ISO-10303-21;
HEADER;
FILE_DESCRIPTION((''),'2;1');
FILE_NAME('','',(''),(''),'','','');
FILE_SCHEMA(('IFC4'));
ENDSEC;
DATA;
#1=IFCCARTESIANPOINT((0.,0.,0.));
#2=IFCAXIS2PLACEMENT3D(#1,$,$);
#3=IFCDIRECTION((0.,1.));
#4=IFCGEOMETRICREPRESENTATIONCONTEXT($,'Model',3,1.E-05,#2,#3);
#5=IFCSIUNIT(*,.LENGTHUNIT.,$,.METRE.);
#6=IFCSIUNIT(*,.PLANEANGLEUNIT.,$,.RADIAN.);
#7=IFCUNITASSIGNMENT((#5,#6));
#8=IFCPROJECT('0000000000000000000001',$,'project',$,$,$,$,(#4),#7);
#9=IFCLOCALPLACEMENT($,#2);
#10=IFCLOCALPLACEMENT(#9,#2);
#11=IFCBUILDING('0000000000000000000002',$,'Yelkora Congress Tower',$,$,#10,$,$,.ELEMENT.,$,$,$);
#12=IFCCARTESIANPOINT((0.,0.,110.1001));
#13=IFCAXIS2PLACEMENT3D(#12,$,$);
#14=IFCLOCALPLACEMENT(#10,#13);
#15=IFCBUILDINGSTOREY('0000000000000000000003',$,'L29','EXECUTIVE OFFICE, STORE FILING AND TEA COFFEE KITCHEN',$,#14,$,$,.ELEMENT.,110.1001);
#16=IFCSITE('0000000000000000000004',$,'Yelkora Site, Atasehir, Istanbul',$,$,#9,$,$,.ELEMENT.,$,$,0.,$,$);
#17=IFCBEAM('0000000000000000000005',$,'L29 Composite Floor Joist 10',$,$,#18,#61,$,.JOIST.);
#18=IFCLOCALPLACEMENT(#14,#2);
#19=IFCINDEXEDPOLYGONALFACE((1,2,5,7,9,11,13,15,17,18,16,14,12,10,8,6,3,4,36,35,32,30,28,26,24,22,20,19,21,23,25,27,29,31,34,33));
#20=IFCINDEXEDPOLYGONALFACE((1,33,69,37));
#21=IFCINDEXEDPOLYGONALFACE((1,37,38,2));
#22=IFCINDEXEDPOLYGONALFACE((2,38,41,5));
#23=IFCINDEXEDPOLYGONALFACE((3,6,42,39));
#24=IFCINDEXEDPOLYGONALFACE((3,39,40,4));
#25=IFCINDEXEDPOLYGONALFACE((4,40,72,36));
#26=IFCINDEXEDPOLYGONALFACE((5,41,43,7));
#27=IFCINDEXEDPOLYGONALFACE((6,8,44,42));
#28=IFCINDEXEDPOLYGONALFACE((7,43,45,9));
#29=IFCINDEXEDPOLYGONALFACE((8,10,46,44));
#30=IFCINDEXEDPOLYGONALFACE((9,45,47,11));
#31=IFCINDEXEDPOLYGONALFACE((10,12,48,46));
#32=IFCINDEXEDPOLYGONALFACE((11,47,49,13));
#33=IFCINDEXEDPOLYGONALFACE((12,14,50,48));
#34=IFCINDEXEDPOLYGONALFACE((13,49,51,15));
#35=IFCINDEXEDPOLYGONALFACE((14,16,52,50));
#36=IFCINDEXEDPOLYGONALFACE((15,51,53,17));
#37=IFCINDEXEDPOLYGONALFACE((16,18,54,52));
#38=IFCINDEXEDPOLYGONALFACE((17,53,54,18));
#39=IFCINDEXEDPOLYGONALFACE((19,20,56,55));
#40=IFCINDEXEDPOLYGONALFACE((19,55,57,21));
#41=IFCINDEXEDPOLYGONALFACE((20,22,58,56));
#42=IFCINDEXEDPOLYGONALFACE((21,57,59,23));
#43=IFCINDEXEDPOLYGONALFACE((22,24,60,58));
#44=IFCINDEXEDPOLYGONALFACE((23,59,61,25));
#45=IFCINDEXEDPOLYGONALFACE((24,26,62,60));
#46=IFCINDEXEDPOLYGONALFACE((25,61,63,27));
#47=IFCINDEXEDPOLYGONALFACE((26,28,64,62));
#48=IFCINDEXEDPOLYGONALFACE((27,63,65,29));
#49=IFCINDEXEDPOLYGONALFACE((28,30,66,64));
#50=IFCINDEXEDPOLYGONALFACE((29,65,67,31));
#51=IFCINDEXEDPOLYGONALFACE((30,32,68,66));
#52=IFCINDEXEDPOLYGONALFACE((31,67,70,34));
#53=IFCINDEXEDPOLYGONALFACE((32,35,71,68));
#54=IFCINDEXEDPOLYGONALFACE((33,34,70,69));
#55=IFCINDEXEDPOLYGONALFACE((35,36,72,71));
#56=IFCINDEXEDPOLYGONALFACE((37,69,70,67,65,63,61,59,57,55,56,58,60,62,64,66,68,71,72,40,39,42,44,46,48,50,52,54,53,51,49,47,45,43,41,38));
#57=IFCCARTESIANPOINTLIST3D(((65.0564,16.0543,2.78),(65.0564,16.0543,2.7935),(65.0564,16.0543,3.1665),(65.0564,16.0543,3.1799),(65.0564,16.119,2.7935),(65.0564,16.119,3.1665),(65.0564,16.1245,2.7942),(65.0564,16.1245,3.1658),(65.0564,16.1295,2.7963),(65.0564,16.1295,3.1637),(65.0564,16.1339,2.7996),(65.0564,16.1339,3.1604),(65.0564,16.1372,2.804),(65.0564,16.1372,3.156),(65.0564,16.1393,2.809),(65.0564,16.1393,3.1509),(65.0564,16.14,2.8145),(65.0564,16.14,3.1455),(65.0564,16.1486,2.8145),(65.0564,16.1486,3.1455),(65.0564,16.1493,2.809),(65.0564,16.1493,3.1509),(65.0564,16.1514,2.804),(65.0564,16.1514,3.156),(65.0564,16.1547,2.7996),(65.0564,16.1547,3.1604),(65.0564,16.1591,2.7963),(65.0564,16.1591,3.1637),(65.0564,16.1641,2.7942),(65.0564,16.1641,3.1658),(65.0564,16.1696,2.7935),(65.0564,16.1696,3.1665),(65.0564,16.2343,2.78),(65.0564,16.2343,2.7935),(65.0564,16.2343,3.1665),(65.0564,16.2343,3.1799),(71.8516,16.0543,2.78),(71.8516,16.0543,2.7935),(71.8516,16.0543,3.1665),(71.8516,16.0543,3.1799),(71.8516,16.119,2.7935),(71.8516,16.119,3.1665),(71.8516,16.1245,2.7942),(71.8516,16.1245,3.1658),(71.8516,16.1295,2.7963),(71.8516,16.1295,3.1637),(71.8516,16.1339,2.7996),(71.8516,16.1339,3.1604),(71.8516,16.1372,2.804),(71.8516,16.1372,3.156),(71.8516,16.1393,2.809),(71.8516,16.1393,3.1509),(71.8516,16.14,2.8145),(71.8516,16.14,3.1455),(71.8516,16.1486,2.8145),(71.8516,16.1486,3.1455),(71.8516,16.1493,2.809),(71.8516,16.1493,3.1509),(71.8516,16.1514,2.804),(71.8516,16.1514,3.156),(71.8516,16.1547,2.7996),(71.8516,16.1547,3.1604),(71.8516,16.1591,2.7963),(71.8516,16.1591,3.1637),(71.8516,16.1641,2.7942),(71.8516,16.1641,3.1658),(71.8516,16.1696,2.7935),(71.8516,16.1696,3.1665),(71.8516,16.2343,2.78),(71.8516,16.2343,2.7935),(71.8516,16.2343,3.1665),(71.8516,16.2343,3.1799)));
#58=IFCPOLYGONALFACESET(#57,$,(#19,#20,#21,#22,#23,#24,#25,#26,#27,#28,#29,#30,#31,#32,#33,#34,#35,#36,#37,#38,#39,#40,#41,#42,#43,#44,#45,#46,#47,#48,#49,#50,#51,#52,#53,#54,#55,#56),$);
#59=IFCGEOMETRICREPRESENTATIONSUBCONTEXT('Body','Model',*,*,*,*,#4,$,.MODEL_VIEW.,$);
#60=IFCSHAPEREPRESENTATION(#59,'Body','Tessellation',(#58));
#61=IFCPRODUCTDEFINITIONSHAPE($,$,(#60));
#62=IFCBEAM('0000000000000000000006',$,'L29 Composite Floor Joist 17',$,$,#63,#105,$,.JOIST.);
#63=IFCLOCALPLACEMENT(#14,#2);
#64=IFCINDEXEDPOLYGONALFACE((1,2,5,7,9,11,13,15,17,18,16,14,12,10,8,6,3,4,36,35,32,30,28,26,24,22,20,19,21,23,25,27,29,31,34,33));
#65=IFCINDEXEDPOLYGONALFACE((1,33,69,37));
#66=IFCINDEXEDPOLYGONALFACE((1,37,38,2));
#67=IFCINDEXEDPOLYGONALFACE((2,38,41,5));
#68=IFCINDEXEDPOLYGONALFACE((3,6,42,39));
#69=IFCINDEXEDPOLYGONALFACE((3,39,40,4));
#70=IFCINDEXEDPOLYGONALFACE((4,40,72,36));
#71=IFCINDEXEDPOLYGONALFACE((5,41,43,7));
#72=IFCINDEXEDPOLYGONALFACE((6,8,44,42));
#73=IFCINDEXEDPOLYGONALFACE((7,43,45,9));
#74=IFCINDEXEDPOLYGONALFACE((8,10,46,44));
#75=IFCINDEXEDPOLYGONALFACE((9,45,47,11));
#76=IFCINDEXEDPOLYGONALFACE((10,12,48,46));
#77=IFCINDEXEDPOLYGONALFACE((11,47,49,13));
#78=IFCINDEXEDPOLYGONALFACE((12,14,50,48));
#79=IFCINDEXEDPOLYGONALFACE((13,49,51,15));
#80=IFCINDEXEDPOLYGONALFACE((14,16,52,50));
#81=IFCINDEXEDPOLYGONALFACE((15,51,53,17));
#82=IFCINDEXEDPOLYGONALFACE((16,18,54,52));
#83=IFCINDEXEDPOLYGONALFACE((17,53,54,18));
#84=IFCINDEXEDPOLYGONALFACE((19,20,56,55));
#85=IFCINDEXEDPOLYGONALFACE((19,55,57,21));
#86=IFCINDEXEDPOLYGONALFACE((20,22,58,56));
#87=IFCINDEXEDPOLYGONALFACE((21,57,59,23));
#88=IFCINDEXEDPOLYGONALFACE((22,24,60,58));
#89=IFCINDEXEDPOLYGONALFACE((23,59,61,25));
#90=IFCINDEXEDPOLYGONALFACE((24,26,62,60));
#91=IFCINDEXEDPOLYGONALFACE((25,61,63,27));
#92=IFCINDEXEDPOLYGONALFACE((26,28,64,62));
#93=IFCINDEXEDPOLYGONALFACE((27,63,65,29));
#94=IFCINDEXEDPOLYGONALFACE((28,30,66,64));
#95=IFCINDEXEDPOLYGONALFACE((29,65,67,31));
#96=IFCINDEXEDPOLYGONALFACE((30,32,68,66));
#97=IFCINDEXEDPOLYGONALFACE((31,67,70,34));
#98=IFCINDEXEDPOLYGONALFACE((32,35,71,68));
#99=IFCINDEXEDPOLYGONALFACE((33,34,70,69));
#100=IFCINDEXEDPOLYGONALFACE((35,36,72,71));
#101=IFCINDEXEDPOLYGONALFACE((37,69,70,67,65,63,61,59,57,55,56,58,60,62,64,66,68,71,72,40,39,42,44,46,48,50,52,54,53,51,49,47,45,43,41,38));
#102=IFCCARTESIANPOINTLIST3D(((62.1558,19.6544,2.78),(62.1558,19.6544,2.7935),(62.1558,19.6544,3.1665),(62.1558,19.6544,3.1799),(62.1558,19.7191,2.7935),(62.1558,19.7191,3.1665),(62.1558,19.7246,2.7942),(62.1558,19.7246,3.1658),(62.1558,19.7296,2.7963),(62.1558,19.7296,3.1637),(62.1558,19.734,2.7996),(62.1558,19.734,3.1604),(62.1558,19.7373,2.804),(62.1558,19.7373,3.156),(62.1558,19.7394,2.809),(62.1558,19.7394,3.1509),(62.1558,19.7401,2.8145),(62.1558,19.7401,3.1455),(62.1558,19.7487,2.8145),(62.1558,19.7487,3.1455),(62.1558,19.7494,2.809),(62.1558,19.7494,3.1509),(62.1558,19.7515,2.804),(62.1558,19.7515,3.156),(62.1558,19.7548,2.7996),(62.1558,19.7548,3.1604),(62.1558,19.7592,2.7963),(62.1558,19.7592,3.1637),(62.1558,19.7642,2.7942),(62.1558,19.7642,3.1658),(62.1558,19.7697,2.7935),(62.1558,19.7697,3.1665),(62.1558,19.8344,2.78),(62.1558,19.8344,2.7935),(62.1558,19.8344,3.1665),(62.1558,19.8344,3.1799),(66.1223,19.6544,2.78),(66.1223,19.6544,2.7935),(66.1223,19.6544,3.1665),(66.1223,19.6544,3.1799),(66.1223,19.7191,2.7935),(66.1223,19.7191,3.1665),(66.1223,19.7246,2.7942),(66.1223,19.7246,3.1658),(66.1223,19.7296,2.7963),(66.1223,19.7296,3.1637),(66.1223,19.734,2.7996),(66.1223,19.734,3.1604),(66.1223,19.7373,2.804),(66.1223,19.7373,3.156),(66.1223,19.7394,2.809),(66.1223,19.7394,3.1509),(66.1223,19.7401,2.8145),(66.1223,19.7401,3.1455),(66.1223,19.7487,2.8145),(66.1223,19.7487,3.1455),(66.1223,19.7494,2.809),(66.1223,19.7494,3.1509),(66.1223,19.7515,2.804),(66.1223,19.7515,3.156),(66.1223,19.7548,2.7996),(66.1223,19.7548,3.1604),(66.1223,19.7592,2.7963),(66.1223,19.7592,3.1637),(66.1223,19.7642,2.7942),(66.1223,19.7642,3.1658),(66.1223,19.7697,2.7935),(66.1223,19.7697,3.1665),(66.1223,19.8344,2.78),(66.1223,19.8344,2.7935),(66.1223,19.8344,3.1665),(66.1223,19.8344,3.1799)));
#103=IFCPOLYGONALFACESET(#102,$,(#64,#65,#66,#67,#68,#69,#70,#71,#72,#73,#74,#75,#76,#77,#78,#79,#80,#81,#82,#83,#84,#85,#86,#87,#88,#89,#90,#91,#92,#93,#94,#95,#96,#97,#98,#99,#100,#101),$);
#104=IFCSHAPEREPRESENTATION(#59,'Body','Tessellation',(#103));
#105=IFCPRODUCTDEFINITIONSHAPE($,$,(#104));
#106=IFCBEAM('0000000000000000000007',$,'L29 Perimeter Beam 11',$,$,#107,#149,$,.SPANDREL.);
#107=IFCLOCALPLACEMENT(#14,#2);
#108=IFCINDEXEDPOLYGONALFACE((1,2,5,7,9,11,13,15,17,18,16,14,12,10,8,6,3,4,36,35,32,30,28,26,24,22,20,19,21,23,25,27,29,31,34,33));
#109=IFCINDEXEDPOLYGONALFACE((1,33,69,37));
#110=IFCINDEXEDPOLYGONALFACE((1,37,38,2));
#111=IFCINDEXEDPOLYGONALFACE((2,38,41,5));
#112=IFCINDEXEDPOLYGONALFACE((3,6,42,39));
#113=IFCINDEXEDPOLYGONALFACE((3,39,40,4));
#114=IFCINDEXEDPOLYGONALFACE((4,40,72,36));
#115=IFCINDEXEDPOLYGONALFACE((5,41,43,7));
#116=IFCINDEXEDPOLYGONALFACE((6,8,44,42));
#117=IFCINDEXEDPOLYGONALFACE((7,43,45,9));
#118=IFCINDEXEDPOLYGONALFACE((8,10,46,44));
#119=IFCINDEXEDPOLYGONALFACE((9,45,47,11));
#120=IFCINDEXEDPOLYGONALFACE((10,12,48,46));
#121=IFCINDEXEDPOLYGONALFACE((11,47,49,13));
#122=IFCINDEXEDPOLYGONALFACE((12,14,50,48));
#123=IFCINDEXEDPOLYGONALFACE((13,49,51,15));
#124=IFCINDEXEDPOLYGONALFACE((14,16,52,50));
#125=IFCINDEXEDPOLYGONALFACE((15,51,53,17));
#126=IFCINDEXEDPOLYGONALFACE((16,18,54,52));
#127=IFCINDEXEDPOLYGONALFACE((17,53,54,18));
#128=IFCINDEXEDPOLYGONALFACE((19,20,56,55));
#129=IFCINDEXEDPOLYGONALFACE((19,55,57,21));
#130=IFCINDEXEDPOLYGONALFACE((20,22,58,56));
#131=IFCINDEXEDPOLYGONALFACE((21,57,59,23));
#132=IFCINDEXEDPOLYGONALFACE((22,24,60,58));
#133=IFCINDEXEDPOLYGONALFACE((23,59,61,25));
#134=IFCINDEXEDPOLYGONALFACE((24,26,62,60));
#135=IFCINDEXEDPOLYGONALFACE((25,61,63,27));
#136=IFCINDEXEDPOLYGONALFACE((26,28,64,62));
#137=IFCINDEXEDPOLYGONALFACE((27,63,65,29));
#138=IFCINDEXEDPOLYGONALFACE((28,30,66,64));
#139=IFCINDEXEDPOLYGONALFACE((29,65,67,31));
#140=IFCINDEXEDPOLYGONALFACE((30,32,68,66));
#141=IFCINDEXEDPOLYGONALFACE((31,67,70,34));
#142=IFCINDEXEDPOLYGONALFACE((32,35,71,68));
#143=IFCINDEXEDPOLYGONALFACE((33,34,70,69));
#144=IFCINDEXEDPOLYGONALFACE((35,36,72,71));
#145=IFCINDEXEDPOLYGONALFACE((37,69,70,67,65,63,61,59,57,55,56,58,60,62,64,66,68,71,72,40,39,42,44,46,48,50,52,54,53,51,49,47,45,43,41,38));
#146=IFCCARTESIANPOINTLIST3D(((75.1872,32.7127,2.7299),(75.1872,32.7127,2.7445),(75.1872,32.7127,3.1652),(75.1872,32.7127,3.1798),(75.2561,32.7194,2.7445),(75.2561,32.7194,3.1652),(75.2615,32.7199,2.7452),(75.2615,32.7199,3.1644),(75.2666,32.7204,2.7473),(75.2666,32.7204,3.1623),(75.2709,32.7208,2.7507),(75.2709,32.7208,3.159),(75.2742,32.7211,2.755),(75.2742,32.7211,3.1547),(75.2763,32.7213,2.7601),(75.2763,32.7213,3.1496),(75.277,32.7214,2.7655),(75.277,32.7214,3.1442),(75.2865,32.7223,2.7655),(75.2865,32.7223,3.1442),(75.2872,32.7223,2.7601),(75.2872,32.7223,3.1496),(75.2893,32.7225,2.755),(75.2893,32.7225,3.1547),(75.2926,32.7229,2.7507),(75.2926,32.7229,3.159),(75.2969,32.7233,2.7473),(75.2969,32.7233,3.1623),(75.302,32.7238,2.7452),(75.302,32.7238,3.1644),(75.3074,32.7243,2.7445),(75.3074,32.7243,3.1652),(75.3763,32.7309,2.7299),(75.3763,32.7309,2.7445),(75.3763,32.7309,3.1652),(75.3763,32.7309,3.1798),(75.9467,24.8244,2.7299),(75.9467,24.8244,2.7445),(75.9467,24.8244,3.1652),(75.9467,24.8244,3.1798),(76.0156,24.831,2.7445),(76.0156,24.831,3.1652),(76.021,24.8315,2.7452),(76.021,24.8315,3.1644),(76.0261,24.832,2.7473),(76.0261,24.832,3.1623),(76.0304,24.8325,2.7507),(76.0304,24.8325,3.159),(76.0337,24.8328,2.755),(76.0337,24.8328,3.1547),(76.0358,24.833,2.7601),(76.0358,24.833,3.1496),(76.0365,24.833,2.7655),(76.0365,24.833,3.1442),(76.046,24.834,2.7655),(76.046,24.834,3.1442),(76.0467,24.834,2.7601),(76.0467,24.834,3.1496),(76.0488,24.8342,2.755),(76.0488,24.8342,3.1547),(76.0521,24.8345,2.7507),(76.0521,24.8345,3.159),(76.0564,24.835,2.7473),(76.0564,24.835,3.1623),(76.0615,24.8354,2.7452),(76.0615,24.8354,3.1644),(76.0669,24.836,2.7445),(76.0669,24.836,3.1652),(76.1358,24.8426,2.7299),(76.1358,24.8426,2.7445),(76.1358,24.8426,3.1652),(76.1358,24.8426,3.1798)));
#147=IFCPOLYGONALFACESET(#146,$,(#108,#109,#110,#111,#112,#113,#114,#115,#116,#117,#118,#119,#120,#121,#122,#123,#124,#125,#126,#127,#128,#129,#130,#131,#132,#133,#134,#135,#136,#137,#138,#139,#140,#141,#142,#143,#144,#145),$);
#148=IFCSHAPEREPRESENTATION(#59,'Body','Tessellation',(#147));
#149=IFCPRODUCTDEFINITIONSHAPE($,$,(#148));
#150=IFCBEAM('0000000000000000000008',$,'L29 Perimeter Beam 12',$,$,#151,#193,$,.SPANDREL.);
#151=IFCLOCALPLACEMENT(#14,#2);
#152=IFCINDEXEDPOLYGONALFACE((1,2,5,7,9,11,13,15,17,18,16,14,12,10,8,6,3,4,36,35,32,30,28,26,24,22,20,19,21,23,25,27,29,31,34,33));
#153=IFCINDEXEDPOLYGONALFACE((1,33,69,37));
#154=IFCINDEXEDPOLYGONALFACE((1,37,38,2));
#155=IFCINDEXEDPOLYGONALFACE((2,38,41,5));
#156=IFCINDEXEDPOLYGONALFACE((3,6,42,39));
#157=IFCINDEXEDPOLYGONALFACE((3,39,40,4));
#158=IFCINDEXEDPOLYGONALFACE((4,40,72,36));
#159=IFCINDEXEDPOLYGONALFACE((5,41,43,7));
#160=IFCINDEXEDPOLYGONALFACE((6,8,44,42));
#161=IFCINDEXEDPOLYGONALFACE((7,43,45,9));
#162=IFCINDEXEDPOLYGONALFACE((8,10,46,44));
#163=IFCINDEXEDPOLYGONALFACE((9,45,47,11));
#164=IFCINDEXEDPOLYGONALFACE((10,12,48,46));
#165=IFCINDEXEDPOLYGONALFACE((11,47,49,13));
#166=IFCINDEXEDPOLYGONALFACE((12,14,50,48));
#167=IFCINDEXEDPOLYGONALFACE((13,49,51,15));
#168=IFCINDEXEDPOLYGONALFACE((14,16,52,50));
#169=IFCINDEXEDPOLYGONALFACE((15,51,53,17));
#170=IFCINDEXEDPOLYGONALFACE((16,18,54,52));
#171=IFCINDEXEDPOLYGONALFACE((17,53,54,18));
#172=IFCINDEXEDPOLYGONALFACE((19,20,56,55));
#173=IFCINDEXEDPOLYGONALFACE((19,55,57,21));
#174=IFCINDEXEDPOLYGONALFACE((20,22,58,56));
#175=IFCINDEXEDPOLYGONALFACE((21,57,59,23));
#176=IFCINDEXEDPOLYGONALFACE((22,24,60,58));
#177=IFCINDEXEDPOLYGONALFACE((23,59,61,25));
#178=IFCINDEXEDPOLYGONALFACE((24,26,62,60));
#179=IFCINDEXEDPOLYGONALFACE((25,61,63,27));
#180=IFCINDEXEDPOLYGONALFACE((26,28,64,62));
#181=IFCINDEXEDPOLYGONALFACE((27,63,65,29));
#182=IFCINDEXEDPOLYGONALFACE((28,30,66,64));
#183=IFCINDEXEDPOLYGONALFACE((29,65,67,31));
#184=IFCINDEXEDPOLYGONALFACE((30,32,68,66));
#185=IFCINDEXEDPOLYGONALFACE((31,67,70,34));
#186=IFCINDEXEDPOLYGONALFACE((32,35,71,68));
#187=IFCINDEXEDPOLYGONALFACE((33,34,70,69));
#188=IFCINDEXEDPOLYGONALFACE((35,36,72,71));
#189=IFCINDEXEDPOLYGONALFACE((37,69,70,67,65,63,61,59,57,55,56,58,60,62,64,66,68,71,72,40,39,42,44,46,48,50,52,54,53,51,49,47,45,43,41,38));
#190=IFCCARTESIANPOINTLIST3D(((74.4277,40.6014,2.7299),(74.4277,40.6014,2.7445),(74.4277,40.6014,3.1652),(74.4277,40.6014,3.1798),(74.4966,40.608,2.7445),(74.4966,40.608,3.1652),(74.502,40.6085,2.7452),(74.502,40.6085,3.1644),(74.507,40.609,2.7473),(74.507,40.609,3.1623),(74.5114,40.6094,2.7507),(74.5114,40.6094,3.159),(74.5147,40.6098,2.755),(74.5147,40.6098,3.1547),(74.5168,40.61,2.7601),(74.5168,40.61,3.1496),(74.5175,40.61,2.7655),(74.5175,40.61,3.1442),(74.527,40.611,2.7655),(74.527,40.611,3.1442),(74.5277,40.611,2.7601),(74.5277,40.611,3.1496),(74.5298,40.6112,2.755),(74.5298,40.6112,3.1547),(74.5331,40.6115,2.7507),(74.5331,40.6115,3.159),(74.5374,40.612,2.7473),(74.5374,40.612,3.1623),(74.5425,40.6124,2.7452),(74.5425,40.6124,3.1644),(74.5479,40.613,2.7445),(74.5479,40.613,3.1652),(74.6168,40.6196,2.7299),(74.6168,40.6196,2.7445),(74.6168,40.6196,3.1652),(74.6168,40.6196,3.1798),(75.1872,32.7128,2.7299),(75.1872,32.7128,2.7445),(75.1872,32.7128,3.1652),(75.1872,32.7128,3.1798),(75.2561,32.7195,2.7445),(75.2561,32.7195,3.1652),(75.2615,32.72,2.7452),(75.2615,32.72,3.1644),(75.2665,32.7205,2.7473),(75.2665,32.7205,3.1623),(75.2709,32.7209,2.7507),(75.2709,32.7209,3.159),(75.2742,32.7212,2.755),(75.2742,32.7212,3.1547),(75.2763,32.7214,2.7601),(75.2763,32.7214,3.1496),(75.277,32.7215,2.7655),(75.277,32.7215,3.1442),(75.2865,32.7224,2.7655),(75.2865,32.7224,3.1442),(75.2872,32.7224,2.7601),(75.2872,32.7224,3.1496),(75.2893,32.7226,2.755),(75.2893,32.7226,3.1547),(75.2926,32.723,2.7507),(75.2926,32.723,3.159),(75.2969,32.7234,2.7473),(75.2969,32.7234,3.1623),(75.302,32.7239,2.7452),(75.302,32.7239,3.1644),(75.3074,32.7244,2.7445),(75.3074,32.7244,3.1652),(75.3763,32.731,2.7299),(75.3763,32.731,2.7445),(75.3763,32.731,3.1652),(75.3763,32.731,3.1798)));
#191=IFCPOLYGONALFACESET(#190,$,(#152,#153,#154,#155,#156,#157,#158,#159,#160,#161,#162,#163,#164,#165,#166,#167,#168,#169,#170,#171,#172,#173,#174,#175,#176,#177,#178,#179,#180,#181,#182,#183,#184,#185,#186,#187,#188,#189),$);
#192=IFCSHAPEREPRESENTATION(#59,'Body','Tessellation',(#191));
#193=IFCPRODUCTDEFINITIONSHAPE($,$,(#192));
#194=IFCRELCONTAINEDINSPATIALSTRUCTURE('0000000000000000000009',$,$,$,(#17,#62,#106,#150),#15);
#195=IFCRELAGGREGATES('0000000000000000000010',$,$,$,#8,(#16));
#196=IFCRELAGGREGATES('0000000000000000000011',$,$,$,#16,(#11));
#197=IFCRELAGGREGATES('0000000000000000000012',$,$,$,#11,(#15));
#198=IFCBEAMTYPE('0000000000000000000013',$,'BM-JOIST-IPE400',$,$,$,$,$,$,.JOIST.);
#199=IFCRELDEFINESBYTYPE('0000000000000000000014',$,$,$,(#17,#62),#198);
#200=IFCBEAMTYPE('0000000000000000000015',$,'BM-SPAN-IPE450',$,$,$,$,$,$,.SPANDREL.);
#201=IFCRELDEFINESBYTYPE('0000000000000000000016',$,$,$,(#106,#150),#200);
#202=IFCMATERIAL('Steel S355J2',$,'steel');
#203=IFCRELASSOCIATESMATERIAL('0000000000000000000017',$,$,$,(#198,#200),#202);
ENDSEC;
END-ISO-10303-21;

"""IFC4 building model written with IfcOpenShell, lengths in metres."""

from ifc_helpers import new_model, si_unit, direction, frame, origin, origin_2d, place, context, subcontext, project, spatial, i_section, extrude, material, material_profile, profile_set, type_object, element, save


model = new_model("IFC4")

# Units and contexts
model_context = context("Model", 3, precision=1e-05, world=origin(), true_north=direction((0.0, 1.0)))
body_context = subcontext(model_context, "Body", "Model", "MODEL_VIEW")
ifc_project = project(units=[si_unit("LENGTHUNIT", "METRE"), si_unit("PLANEANGLEUNIT", "RADIAN")], contexts=[model_context])

# Site, building, storey
site_placement = place(None, origin())
site = spatial("IfcSite", under=ifc_project, at=site_placement, Name="Yelkora Site, Atasehir, Istanbul", CompositionType="ELEMENT", RefElevation=0.0)
building_placement = place(site_placement, origin())
building = spatial("IfcBuilding", under=site, at=building_placement, Name="Yelkora Congress Tower", CompositionType="ELEMENT")
storey_placement = place(building_placement, frame((0.0, 0.0, 110.1001)))
storey = spatial("IfcBuildingStorey", under=building, at=storey_placement, Name="L29", Description="EXECUTIVE OFFICE, STORE FILING AND TEA COFFEE KITCHEN", CompositionType="ELEMENT", Elevation=110.1001)

# Beams
ifc_material_1 = material(Name="Steel S355J2", Category="steel")
ifc_material_profile_1 = material_profile(ifc_material_1, i_section(OverallWidth=0.1799, OverallDepth=0.3999, WebThickness=0.0085, FlangeThickness=0.0134, FilletRadius=0.021, at=origin_2d()), Name="IPE 400")
ifc_profile_set_1 = profile_set([ifc_material_profile_1], Name="Steel S355J2")
beam_type_1 = type_object("IfcBeamType", Name="BM-JOIST-IPE400", PredefinedType="JOIST", material=ifc_profile_set_1)
beam_1_placement = place(storey_placement, frame((65.0564, 16.1443, 2.98), z_axis=(1.0, 0.0, 0.0), x_axis=(0.0, 1.0, 0.0)))
element("IfcBeam", 1, at=beam_1_placement, inside=storey, type_object=beam_type_1, Name="L29 Composite Floor Joist 10", PredefinedType="JOIST", context=body_context, shape_type="SweptSolid", body=[
    extrude(i_section(OverallWidth=0.1799, OverallDepth=0.3999, WebThickness=0.0085, FlangeThickness=0.0134, FilletRadius=0.021, at=origin_2d()), origin(), (0.0, 0.0, 1.0), 6.7952),
])
beam_2_placement = place(storey_placement, frame((62.1558, 19.7444, 2.98), z_axis=(1.0, 0.0, 0.0), x_axis=(0.0, 1.0, 0.0)))
element("IfcBeam", 2, at=beam_2_placement, inside=storey, type_object=beam_type_1, Name="L29 Composite Floor Joist 17", PredefinedType="JOIST", context=body_context, shape_type="SweptSolid", body=[
    extrude(i_section(OverallWidth=0.1799, OverallDepth=0.3999, WebThickness=0.0085, FlangeThickness=0.0134, FilletRadius=0.021, at=origin_2d()), origin(), (0.0, 0.0, 1.0), 3.9666),
])
ifc_material_profile_2 = material_profile(ifc_material_1, i_section(OverallWidth=0.1899, OverallDepth=0.45, WebThickness=0.0095, FlangeThickness=0.0146, FilletRadius=0.021, at=origin_2d()), Name="IPE 450")
ifc_profile_set_2 = profile_set([ifc_material_profile_2], Name="Steel S355J2")
beam_type_2 = type_object("IfcBeamType", Name="BM-SPAN-IPE450", PredefinedType="SPANDREL", material=ifc_profile_set_2)
beam_3_placement = place(storey_placement, frame((76.0413, 24.8335, 2.9548), z_axis=(-0.09584, 0.995397, 0.0), x_axis=(-0.995397, -0.09584, 0.0)))
element("IfcBeam", 3, at=beam_3_placement, inside=storey, type_object=beam_type_2, Name="L29 Perimeter Beam 11", PredefinedType="SPANDREL", context=body_context, shape_type="SweptSolid", body=[
    extrude(i_section(OverallWidth=0.1899, OverallDepth=0.45, WebThickness=0.0095, FlangeThickness=0.0146, FilletRadius=0.021, at=origin_2d()), origin(), (0.0, 0.0, 1.0), 7.9248),
])
beam_4_placement = place(storey_placement, frame((75.2817, 32.7219, 2.9548), z_axis=(-0.095837, 0.995397, 0.0), x_axis=(-0.995397, -0.095837, 0.0)))
element("IfcBeam", 4, at=beam_4_placement, inside=storey, type_object=beam_type_2, Name="L29 Perimeter Beam 12", PredefinedType="SPANDREL", context=body_context, shape_type="SweptSolid", body=[
    extrude(i_section(OverallWidth=0.1899, OverallDepth=0.45, WebThickness=0.0095, FlangeThickness=0.0146, FilletRadius=0.021, at=origin_2d()), origin(), (0.0, 0.0, 1.0), 7.925),
])

save(model, "model.ifc")
